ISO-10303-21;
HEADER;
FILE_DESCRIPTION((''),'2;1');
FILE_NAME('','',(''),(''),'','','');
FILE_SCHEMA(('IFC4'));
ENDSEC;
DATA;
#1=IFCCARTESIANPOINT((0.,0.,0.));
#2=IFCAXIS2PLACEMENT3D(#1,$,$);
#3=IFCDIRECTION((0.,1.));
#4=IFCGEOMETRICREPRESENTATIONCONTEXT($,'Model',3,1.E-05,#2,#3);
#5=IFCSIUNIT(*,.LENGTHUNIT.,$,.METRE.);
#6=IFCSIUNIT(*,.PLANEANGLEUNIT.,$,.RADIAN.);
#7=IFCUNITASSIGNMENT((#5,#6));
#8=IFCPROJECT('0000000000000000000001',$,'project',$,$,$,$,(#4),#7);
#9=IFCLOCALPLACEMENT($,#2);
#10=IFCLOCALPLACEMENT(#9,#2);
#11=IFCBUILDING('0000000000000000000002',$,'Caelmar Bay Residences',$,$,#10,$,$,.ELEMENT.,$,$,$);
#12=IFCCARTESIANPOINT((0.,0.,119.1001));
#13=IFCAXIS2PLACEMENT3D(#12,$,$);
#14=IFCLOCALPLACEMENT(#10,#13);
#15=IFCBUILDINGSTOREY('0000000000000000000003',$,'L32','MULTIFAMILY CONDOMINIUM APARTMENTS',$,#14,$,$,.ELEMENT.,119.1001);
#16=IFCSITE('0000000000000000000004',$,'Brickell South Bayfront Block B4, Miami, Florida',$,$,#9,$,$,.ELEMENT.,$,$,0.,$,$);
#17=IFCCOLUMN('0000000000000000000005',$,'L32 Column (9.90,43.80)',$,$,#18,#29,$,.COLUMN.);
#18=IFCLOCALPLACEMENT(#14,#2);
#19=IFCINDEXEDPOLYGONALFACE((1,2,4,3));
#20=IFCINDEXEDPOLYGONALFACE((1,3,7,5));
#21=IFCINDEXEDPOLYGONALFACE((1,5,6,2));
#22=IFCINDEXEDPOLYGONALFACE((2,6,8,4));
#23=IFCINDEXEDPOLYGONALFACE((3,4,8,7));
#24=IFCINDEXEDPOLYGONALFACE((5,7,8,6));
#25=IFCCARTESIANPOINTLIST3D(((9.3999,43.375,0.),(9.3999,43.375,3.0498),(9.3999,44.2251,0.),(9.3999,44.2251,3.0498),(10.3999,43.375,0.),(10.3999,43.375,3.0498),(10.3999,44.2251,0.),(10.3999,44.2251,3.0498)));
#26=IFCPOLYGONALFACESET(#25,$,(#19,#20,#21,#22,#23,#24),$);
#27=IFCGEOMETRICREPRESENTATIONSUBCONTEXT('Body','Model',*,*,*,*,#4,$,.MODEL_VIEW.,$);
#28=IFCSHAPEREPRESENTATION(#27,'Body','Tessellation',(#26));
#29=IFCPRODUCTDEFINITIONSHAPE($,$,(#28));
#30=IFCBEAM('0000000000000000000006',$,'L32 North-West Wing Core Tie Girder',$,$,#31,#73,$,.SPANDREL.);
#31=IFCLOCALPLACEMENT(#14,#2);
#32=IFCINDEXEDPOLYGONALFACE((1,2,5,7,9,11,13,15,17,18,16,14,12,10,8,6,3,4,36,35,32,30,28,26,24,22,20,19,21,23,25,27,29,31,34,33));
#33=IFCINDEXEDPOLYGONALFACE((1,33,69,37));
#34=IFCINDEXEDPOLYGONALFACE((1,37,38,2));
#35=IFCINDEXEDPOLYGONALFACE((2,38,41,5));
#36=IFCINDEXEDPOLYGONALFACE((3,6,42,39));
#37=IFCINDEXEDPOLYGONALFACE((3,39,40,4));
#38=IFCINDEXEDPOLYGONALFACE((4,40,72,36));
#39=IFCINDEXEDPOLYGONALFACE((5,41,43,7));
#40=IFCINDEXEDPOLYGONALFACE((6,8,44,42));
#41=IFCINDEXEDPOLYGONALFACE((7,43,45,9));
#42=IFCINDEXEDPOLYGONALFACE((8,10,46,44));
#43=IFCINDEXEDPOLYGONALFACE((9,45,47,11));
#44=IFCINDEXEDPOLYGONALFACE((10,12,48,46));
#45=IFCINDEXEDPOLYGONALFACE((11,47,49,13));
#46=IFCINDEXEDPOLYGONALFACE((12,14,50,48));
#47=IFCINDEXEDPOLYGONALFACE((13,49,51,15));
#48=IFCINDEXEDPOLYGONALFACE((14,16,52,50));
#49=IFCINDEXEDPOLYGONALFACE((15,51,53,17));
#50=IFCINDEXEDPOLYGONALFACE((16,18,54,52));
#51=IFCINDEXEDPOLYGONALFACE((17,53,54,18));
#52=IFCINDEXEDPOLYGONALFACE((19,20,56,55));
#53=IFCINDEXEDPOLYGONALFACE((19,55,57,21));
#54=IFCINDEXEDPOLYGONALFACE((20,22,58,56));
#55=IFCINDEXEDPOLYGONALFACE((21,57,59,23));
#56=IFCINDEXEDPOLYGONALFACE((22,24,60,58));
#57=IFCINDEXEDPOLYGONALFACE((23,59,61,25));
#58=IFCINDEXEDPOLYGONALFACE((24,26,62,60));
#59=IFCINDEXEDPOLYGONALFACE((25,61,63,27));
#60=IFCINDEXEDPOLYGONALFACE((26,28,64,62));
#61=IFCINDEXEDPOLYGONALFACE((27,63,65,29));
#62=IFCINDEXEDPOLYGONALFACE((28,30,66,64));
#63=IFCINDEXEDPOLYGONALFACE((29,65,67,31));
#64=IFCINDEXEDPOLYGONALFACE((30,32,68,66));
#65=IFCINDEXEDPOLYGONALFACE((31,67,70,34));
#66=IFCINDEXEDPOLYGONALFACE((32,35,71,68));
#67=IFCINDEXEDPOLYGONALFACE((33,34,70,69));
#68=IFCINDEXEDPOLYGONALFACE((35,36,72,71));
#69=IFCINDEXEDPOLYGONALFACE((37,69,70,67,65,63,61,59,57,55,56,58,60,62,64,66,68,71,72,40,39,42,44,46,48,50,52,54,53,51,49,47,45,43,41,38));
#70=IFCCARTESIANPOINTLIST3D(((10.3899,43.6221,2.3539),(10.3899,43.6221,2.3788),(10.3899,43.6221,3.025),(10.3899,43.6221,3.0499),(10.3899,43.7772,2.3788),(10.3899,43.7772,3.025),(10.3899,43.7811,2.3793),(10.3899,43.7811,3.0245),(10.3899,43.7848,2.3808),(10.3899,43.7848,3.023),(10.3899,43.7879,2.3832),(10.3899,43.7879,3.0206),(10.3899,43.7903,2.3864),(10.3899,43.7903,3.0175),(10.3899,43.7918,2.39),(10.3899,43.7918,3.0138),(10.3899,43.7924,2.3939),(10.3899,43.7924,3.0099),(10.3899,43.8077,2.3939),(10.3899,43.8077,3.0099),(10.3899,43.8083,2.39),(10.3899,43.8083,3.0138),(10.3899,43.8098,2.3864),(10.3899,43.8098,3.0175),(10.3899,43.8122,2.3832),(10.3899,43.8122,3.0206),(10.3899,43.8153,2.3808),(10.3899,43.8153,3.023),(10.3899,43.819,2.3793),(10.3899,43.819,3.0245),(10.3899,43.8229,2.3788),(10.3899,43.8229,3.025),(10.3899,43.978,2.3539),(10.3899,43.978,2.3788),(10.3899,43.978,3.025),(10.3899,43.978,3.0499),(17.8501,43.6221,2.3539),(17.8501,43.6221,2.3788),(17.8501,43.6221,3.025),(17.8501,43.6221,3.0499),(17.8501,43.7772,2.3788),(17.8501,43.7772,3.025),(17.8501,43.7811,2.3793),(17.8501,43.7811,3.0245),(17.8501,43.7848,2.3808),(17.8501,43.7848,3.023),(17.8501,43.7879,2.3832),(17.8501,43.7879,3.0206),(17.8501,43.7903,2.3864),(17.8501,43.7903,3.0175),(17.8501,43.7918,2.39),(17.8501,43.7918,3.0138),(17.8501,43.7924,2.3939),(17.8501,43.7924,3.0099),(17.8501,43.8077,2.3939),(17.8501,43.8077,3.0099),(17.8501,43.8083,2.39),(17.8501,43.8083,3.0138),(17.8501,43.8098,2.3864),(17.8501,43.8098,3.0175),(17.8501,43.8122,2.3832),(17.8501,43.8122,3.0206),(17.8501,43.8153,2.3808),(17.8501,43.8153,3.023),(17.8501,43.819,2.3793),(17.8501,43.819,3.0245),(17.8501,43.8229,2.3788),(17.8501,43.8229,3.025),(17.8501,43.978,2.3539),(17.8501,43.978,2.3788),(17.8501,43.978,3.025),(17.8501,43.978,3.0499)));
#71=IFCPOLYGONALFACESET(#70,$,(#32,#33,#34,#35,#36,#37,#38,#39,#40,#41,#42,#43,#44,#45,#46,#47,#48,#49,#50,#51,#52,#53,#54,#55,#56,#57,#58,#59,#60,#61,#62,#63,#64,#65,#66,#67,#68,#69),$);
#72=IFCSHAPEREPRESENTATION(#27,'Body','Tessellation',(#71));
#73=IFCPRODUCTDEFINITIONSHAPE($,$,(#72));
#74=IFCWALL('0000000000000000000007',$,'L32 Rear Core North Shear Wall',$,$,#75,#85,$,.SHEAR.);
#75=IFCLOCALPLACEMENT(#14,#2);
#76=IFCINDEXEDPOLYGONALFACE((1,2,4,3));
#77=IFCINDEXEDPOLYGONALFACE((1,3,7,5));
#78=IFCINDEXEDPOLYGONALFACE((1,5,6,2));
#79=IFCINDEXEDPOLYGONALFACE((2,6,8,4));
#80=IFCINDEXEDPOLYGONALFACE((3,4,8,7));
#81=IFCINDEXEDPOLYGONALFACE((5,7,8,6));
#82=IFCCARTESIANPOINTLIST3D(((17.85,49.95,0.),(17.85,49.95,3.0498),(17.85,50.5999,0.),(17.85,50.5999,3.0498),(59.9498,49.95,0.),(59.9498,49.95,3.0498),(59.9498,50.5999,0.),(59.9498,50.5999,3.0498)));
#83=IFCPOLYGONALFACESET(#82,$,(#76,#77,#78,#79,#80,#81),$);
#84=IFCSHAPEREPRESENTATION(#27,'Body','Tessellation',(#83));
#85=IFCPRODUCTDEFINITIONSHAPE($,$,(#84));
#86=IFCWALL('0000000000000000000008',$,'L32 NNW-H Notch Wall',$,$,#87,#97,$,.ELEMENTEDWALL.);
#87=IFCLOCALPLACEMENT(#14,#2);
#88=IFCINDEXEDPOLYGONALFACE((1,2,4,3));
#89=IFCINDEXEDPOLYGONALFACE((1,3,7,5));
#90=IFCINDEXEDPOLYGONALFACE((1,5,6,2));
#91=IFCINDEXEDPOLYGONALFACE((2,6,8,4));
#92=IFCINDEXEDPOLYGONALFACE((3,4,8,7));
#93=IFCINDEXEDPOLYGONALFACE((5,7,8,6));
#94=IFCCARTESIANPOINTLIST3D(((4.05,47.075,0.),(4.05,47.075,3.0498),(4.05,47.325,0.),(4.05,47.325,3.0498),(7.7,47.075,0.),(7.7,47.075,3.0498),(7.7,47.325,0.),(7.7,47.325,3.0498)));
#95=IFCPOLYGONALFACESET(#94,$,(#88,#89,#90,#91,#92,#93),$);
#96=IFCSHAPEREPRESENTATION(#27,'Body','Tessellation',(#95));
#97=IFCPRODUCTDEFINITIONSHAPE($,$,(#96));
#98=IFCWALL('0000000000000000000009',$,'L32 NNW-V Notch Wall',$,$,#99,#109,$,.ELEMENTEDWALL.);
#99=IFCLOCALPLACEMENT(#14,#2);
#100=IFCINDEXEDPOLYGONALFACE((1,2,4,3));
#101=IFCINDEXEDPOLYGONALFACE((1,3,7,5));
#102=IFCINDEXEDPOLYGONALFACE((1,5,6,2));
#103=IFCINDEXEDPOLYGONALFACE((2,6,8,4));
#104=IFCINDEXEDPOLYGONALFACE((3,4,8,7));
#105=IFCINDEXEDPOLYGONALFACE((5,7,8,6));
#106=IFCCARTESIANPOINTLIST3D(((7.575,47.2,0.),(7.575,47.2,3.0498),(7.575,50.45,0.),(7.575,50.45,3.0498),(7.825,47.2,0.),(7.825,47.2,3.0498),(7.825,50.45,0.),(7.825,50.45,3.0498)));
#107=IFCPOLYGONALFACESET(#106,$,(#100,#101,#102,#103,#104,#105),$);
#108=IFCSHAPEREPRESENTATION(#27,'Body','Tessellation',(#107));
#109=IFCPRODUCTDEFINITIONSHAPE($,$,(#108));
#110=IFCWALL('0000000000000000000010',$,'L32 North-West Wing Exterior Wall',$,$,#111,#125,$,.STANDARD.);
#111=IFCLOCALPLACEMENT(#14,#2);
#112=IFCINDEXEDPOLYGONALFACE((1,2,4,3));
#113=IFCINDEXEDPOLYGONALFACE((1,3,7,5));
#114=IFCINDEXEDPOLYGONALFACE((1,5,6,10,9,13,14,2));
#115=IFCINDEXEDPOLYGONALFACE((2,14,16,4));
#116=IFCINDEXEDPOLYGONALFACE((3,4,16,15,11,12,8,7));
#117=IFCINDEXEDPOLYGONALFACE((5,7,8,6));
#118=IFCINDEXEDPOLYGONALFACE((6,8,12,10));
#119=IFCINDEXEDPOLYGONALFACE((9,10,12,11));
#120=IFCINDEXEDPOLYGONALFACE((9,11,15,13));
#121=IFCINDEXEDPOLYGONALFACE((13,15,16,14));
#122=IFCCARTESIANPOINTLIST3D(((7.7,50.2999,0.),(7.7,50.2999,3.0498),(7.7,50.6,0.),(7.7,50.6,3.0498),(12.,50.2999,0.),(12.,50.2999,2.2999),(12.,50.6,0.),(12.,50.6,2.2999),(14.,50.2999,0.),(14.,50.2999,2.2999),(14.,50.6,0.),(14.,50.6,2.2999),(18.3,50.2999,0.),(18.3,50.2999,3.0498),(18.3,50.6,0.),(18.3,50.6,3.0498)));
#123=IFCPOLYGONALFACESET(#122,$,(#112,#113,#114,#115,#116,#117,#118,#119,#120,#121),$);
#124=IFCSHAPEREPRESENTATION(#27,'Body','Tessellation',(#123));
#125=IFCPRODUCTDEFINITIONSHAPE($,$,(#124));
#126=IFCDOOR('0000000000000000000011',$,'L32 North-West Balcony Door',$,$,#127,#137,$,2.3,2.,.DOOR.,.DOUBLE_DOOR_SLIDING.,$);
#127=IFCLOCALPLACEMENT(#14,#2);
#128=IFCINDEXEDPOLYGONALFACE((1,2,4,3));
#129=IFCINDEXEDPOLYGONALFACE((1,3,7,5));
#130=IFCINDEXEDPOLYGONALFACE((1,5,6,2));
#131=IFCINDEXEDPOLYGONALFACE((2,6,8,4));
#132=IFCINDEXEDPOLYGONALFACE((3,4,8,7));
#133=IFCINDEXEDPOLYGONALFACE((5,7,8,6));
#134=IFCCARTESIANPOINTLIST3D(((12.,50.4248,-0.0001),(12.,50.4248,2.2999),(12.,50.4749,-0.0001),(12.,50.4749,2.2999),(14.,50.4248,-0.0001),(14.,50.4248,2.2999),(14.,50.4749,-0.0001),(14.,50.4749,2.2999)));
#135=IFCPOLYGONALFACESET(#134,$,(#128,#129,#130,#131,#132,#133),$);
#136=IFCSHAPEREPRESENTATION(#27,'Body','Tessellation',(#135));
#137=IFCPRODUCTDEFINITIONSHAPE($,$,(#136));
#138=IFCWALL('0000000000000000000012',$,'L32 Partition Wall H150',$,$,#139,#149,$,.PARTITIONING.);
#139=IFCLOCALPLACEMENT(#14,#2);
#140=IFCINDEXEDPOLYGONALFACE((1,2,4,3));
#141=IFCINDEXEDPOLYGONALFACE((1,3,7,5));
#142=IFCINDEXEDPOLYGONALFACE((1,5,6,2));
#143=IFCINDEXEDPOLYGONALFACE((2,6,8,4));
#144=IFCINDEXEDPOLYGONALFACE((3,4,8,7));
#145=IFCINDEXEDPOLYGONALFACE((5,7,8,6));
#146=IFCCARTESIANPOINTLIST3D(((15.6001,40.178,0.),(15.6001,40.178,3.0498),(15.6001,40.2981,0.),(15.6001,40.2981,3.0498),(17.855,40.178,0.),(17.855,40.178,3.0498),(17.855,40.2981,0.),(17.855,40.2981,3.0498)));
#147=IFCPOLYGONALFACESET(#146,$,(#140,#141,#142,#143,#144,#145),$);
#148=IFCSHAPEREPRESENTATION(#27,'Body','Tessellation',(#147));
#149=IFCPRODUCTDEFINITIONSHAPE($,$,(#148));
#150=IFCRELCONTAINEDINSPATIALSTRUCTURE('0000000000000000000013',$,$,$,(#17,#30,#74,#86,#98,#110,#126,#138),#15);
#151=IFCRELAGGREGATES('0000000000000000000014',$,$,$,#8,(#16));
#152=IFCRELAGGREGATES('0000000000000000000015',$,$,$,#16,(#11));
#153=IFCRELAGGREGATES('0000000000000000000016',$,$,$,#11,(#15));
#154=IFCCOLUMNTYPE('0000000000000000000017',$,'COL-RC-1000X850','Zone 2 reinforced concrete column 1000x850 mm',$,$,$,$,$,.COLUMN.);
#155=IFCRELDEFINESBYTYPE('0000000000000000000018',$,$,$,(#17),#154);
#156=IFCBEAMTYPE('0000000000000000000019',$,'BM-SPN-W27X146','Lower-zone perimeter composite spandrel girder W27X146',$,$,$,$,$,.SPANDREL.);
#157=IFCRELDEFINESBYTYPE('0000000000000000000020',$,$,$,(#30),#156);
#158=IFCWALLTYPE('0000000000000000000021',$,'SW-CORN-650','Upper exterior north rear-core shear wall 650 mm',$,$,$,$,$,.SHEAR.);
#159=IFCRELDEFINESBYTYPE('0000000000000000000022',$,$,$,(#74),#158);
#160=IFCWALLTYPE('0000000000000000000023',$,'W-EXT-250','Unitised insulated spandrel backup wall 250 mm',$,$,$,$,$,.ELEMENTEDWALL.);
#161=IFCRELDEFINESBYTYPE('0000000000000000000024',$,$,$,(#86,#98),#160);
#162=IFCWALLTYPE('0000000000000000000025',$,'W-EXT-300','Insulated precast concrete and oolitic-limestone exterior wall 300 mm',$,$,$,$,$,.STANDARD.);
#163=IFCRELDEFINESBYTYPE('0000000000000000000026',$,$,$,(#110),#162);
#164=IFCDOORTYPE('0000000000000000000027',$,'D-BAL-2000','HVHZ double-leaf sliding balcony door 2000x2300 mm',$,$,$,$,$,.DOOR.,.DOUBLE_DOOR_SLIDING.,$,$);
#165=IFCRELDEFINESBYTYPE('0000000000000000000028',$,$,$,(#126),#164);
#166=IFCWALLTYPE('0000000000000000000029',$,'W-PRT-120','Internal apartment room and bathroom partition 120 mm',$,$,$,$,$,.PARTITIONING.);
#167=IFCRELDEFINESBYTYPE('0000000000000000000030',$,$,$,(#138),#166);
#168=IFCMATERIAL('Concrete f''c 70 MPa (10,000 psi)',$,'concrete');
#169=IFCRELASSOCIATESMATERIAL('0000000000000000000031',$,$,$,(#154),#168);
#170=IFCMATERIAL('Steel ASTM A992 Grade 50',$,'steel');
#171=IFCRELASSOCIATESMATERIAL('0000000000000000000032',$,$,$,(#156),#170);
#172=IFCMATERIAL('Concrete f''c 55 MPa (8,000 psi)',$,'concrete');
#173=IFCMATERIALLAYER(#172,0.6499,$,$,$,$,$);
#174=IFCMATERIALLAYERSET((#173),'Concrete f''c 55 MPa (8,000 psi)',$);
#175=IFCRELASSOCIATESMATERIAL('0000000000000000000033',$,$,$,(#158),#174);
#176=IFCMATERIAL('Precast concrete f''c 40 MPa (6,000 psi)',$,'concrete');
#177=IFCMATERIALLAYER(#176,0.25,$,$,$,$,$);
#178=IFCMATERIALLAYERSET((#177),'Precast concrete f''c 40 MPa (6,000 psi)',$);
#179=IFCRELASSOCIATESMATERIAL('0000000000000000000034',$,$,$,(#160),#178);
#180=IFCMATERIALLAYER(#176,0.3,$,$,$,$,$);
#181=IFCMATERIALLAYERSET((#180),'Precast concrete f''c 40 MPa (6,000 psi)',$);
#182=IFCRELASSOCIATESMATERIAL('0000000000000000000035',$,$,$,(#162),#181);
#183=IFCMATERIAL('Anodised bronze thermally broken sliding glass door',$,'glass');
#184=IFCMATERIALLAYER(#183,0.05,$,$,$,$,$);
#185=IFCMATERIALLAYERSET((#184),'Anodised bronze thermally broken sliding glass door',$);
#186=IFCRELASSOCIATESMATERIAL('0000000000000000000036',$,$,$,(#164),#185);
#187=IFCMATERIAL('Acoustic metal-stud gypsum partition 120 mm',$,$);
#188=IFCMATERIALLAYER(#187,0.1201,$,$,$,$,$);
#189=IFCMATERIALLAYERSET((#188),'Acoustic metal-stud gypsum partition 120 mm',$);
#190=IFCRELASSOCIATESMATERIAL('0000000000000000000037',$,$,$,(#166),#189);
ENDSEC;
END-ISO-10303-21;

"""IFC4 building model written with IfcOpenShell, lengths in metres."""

from ifc_helpers import new_model, si_unit, direction, frame, frame_2d, origin, origin_2d, place, context, subcontext, project, spatial, rectangle, i_section, extrude, material, layer, layer_set, material_profile, profile_set, type_object, element, fill, save


model = new_model("IFC4")

# Units and contexts
model_context = context("Model", 3, precision=1e-05, world=origin(), true_north=direction((0.0, 1.0)))
body_context = subcontext(model_context, "Body", "Model", "MODEL_VIEW")
ifc_project = project(units=[si_unit("LENGTHUNIT", "METRE"), si_unit("PLANEANGLEUNIT", "RADIAN")], contexts=[model_context])

# Site, building, storey
site_placement = place(None, origin())
site = spatial("IfcSite", under=ifc_project, at=site_placement, Name="Brickell South Bayfront Block B4, Miami, Florida", CompositionType="ELEMENT", RefElevation=0.0)
building_placement = place(site_placement, origin())
building = spatial("IfcBuilding", under=site, at=building_placement, Name="Caelmar Bay Residences", CompositionType="ELEMENT")
storey_placement = place(building_placement, frame((0.0, 0.0, 119.1001)))
storey = spatial("IfcBuildingStorey", under=building, at=storey_placement, Name="L32", Description="MULTIFAMILY CONDOMINIUM APARTMENTS", CompositionType="ELEMENT", Elevation=119.1001)

# Column
ifc_material_1 = material(Name="Concrete f'c 70 MPa (10,000 psi)", Category="concrete")
ifc_material_profile_1 = material_profile(ifc_material_1, rectangle(XDim=1.0, YDim=0.8501, at=origin_2d()), Name="RC-COL-1000X850")
ifc_profile_set_1 = profile_set([ifc_material_profile_1], Name="Concrete f'c 70 MPa (10,000 psi)")
column_type = type_object("IfcColumnType", Name="COL-RC-1000X850", Description="Zone 2 reinforced concrete column 1000x850 mm", PredefinedType="COLUMN", material=ifc_profile_set_1)
column_placement = place(storey_placement, frame((9.8999, 43.8, 0.0), z_axis=(0.0, 0.0, 1.0), x_axis=(1.0, 0.0, 0.0)))
element("IfcColumn", 1, at=column_placement, inside=storey, type_object=column_type, Name="L32 Column (9.90,43.80)", PredefinedType="COLUMN", context=body_context, shape_type="SweptSolid", body=[
    extrude(rectangle(XDim=1.0, YDim=0.8501, at=origin_2d()), origin(), (0.0, 0.0, 1.0), 3.0498),
])

# Beam
ifc_material_2 = material(Name="Steel ASTM A992 Grade 50", Category="steel")
ifc_material_profile_2 = material_profile(ifc_material_2, i_section(OverallWidth=0.356, OverallDepth=0.696, WebThickness=0.0154, FlangeThickness=0.0249, FilletRadius=0.0151, at=origin_2d()), Name="W27X146")
ifc_profile_set_2 = profile_set([ifc_material_profile_2], Name="Steel ASTM A992 Grade 50")
beam_type = type_object("IfcBeamType", Name="BM-SPN-W27X146", Description="Lower-zone perimeter composite spandrel girder W27X146", PredefinedType="SPANDREL", material=ifc_profile_set_2)
beam_placement = place(storey_placement, frame((10.3899, 43.8, 2.7019), z_axis=(1.0, 0.0, 0.0), x_axis=(0.0, 1.0, 0.0)))
element("IfcBeam", 2, at=beam_placement, inside=storey, type_object=beam_type, Name="L32 North-West Wing Core Tie Girder", PredefinedType="SPANDREL", context=body_context, shape_type="SweptSolid", body=[
    extrude(i_section(OverallWidth=0.356, OverallDepth=0.696, WebThickness=0.0154, FlangeThickness=0.0249, FilletRadius=0.0151, at=origin_2d()), origin(), (0.0, 0.0, 1.0), 7.4602),
])

# Walls
ifc_material_3 = material(Name="Concrete f'c 55 MPa (8,000 psi)", Category="concrete")
ifc_layer_1 = layer(ifc_material_3, 0.6499)
ifc_layer_set_1 = layer_set([ifc_layer_1], Name="Concrete f'c 55 MPa (8,000 psi)")
wall_type_1 = type_object("IfcWallType", Name="SW-CORN-650", Description="Upper exterior north rear-core shear wall 650 mm", PredefinedType="SHEAR", material=ifc_layer_set_1)
wall_1_placement = place(storey_placement, frame((17.8501, 50.2749, 0.0), z_axis=(0.0, 0.0, 1.0), x_axis=(1.0, 0.0, 0.0)))
element("IfcWall", 3, at=wall_1_placement, inside=storey, type_object=wall_type_1, Name="L32 Rear Core North Shear Wall", PredefinedType="SHEAR", context=body_context, shape_type="SweptSolid", body=[
    extrude(rectangle(XDim=42.0999, YDim=0.6499, at=frame_2d((21.0498, 0.0))), origin(), (0.0, 0.0, 1.0), 3.0498),
])
ifc_material_4 = material(Name="Precast concrete f'c 40 MPa (6,000 psi)", Category="concrete")
ifc_layer_2 = layer(ifc_material_4, 0.25)
ifc_layer_set_2 = layer_set([ifc_layer_2], Name="Precast concrete f'c 40 MPa (6,000 psi)")
wall_type_2 = type_object("IfcWallType", Name="W-EXT-250", Description="Unitised insulated spandrel backup wall 250 mm", PredefinedType="ELEMENTEDWALL", material=ifc_layer_set_2)
wall_2_placement = place(storey_placement, frame((4.05, 47.2, 0.0), z_axis=(0.0, 0.0, 1.0), x_axis=(1.0, 0.0, 0.0)))
element("IfcWall", 4, at=wall_2_placement, inside=storey, type_object=wall_type_2, Name="L32 NNW-H Notch Wall", PredefinedType="ELEMENTEDWALL", context=body_context, shape_type="SweptSolid", body=[
    extrude(rectangle(XDim=3.6499, YDim=0.25, at=frame_2d((1.825, 0.0))), origin(), (0.0, 0.0, 1.0), 3.0498),
])
wall_3_placement = place(storey_placement, frame((7.7, 47.2, 0.0), z_axis=(0.0, 0.0, 1.0), x_axis=(0.0, 1.0, 0.0)))
element("IfcWall", 5, at=wall_3_placement, inside=storey, type_object=wall_type_2, Name="L32 NNW-V Notch Wall", PredefinedType="ELEMENTEDWALL", context=body_context, shape_type="SweptSolid", body=[
    extrude(rectangle(XDim=3.25, YDim=0.25, at=frame_2d((1.625, 0.0))), origin(), (0.0, 0.0, 1.0), 3.0498),
])

# Wall, opening, door
ifc_layer_3 = layer(ifc_material_4, 0.3)
ifc_layer_set_3 = layer_set([ifc_layer_3], Name="Precast concrete f'c 40 MPa (6,000 psi)")
wall_type_3 = type_object("IfcWallType", Name="W-EXT-300", Description="Insulated precast concrete and oolitic-limestone exterior wall 300 mm", PredefinedType="STANDARD", material=ifc_layer_set_3)
wall_4_placement = place(storey_placement, frame((7.7, 50.45, 0.0), z_axis=(0.0, 0.0, 1.0), x_axis=(1.0, 0.0, 0.0)))
wall_4 = element("IfcWall", 6, at=wall_4_placement, inside=storey, type_object=wall_type_3, Name="L32 North-West Wing Exterior Wall", PredefinedType="STANDARD", context=body_context, shape_type="SweptSolid", body=[
    extrude(rectangle(XDim=10.6001, YDim=0.3, at=frame_2d((5.3, 0.0))), origin(), (0.0, 0.0, 1.0), 3.0498),
])
opening_1_placement = place(wall_4_placement, frame((4.3, 0.0, 0.0)))
opening_1 = element("IfcOpeningElement", 7, at=opening_1_placement, cuts=wall_4, PredefinedType="OPENING", context=body_context, shape_type="SweptSolid", body=[
    extrude(rectangle(XDim=2.0, YDim=2.3, at=frame_2d((1.0, 1.1499))), frame((0.0, 0.1599, 0.0), z_axis=(0.0, -1.0, 0.0), x_axis=(1.0, 0.0, 0.0)), (0.0, 0.0, 1.0), 0.3201),
])
ifc_material_5 = material(Name="Anodised bronze thermally broken sliding glass door", Category="glass")
ifc_layer_4 = layer(ifc_material_5, 0.05)
ifc_layer_set_4 = layer_set([ifc_layer_4], Name="Anodised bronze thermally broken sliding glass door")
door_type_1 = type_object("IfcDoorType", Name="D-BAL-2000", Description="HVHZ double-leaf sliding balcony door 2000x2300 mm", OperationType="DOUBLE_DOOR_SLIDING", PredefinedType="DOOR", material=ifc_layer_set_4)
door_1_placement = place(opening_1_placement, origin())
door_1 = element("IfcDoor", 8, at=door_1_placement, inside=storey, type_object=door_type_1, Name="L32 North-West Balcony Door", OperationType="DOUBLE_DOOR_SLIDING", OverallHeight=2.3, OverallWidth=2.0, PredefinedType="DOOR", context=body_context, shape_type="SweptSolid", body=[
    extrude(rectangle(XDim=2.0, YDim=2.3, at=frame_2d((1.0, 1.1499))), frame((0.0, 0.0249, 0.0), z_axis=(0.0, -1.0, 0.0), x_axis=(1.0, 0.0, 0.0)), (0.0, 0.0, 1.0), 0.05),
])
fill(opening_1, door_1)
ifc_material_6 = material(Name="Acoustic metal-stud gypsum partition 120 mm")
ifc_layer_5 = layer(ifc_material_6, 0.1201)
ifc_layer_set_5 = layer_set([ifc_layer_5], Name="Acoustic metal-stud gypsum partition 120 mm")
wall_type_4 = type_object("IfcWallType", Name="W-PRT-120", Description="Internal apartment room and bathroom partition 120 mm", PredefinedType="PARTITIONING", material=ifc_layer_set_5)

# Wall
wall_5_placement = place(storey_placement, frame((15.6001, 40.238, 0.0), z_axis=(0.0, 0.0, 1.0), x_axis=(1.0, 0.0, 0.0)))
element("IfcWall", 9, at=wall_5_placement, inside=storey, type_object=wall_type_4, Name="L32 Partition Wall H150", PredefinedType="PARTITIONING", context=body_context, shape_type="SweptSolid", body=[
    extrude(rectangle(XDim=2.2549, YDim=0.1201, at=frame_2d((1.1274, 0.0))), origin(), (0.0, 0.0, 1.0), 3.0498),
])

save(model, "model.ifc")
